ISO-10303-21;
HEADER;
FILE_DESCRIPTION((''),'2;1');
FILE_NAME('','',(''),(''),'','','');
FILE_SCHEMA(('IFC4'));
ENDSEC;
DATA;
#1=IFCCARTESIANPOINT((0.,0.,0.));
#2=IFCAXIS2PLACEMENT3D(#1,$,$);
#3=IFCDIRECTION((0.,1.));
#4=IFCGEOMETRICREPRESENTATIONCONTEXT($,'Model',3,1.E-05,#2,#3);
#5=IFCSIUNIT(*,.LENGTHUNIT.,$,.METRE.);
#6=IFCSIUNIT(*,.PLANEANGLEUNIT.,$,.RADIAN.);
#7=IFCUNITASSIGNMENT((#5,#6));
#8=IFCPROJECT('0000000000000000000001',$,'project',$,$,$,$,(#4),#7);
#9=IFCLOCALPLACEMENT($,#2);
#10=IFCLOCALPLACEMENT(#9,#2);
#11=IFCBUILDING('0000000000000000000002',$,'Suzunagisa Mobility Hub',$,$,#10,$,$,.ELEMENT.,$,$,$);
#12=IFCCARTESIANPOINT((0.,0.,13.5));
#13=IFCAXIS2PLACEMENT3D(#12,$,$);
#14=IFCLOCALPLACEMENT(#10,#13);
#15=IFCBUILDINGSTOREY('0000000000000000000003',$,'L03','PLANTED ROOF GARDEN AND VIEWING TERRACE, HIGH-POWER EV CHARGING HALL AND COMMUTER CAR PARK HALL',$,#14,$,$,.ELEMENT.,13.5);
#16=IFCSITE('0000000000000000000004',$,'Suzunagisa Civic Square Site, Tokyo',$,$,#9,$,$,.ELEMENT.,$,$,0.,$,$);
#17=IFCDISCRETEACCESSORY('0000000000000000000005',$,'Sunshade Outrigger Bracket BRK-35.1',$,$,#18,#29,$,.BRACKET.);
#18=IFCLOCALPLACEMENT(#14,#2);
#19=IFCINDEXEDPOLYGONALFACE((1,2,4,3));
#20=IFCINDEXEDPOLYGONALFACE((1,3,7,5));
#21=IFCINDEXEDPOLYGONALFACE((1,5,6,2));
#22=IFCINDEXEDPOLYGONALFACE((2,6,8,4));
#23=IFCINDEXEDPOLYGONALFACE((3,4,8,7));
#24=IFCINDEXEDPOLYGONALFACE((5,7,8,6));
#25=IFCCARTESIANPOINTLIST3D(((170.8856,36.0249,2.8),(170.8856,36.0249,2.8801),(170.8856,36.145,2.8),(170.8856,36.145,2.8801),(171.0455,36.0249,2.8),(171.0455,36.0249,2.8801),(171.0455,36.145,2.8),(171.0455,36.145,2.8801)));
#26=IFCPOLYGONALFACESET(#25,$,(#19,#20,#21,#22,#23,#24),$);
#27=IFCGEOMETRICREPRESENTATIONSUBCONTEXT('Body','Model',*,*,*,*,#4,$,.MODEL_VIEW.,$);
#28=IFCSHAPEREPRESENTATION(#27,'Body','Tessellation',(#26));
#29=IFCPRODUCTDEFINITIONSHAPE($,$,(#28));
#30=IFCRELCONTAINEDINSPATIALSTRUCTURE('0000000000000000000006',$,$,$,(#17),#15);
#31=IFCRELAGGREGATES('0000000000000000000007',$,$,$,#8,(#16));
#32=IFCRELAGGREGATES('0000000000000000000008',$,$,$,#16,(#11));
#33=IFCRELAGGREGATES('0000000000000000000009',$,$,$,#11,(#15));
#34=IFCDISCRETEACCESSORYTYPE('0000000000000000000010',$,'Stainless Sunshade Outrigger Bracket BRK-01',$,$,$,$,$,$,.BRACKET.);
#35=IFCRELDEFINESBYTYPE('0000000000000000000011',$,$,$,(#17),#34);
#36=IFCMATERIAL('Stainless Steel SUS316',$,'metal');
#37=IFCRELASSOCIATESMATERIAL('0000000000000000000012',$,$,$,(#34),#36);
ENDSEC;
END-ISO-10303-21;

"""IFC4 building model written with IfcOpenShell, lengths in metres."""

from ifc_helpers import new_model, si_unit, direction, frame, origin, origin_2d, place, context, subcontext, project, spatial, rectangle, extrude, material, type_object, element, save


model = new_model("IFC4")

# Units and contexts
model_context = context("Model", 3, precision=1e-05, world=origin(), true_north=direction((0.0, 1.0)))
body_context = subcontext(model_context, "Body", "Model", "MODEL_VIEW")
ifc_project = project(units=[si_unit("LENGTHUNIT", "METRE"), si_unit("PLANEANGLEUNIT", "RADIAN")], contexts=[model_context])

# Site, building, storey
site_placement = place(None, origin())
site = spatial("IfcSite", under=ifc_project, at=site_placement, Name="Suzunagisa Civic Square Site, Tokyo", CompositionType="ELEMENT", RefElevation=0.0)
building_placement = place(site_placement, origin())
building = spatial("IfcBuilding", under=site, at=building_placement, Name="Suzunagisa Mobility Hub", CompositionType="ELEMENT")
storey_placement = place(building_placement, frame((0.0, 0.0, 13.5)))
storey = spatial("IfcBuildingStorey", under=building, at=storey_placement, Name="L03", Description="PLANTED ROOF GARDEN AND VIEWING TERRACE, HIGH-POWER EV CHARGING HALL AND COMMUTER CAR PARK HALL", CompositionType="ELEMENT", Elevation=13.5)

# Discrete accessory
ifc_material_1 = material(Name="Stainless Steel SUS316", Category="metal")
discrete_accessory_type = type_object("IfcDiscreteAccessoryType", Name="Stainless Sunshade Outrigger Bracket BRK-01", PredefinedType="BRACKET", material=ifc_material_1)
discrete_accessory_placement = place(storey_placement, frame((170.9656, 36.085, 2.8), z_axis=(0.0, 0.0, 1.0), x_axis=(-1.0, 0.0, 0.0)))
element("IfcDiscreteAccessory", 1, at=discrete_accessory_placement, inside=storey, type_object=discrete_accessory_type, Name="Sunshade Outrigger Bracket BRK-35.1", PredefinedType="BRACKET", context=body_context, shape_type="SweptSolid", body=[
    extrude(rectangle(XDim=0.1599, YDim=0.1201, at=origin_2d()), origin(), (0.0, 0.0, 1.0), 0.0801),
])

save(model, "model.ifc")
